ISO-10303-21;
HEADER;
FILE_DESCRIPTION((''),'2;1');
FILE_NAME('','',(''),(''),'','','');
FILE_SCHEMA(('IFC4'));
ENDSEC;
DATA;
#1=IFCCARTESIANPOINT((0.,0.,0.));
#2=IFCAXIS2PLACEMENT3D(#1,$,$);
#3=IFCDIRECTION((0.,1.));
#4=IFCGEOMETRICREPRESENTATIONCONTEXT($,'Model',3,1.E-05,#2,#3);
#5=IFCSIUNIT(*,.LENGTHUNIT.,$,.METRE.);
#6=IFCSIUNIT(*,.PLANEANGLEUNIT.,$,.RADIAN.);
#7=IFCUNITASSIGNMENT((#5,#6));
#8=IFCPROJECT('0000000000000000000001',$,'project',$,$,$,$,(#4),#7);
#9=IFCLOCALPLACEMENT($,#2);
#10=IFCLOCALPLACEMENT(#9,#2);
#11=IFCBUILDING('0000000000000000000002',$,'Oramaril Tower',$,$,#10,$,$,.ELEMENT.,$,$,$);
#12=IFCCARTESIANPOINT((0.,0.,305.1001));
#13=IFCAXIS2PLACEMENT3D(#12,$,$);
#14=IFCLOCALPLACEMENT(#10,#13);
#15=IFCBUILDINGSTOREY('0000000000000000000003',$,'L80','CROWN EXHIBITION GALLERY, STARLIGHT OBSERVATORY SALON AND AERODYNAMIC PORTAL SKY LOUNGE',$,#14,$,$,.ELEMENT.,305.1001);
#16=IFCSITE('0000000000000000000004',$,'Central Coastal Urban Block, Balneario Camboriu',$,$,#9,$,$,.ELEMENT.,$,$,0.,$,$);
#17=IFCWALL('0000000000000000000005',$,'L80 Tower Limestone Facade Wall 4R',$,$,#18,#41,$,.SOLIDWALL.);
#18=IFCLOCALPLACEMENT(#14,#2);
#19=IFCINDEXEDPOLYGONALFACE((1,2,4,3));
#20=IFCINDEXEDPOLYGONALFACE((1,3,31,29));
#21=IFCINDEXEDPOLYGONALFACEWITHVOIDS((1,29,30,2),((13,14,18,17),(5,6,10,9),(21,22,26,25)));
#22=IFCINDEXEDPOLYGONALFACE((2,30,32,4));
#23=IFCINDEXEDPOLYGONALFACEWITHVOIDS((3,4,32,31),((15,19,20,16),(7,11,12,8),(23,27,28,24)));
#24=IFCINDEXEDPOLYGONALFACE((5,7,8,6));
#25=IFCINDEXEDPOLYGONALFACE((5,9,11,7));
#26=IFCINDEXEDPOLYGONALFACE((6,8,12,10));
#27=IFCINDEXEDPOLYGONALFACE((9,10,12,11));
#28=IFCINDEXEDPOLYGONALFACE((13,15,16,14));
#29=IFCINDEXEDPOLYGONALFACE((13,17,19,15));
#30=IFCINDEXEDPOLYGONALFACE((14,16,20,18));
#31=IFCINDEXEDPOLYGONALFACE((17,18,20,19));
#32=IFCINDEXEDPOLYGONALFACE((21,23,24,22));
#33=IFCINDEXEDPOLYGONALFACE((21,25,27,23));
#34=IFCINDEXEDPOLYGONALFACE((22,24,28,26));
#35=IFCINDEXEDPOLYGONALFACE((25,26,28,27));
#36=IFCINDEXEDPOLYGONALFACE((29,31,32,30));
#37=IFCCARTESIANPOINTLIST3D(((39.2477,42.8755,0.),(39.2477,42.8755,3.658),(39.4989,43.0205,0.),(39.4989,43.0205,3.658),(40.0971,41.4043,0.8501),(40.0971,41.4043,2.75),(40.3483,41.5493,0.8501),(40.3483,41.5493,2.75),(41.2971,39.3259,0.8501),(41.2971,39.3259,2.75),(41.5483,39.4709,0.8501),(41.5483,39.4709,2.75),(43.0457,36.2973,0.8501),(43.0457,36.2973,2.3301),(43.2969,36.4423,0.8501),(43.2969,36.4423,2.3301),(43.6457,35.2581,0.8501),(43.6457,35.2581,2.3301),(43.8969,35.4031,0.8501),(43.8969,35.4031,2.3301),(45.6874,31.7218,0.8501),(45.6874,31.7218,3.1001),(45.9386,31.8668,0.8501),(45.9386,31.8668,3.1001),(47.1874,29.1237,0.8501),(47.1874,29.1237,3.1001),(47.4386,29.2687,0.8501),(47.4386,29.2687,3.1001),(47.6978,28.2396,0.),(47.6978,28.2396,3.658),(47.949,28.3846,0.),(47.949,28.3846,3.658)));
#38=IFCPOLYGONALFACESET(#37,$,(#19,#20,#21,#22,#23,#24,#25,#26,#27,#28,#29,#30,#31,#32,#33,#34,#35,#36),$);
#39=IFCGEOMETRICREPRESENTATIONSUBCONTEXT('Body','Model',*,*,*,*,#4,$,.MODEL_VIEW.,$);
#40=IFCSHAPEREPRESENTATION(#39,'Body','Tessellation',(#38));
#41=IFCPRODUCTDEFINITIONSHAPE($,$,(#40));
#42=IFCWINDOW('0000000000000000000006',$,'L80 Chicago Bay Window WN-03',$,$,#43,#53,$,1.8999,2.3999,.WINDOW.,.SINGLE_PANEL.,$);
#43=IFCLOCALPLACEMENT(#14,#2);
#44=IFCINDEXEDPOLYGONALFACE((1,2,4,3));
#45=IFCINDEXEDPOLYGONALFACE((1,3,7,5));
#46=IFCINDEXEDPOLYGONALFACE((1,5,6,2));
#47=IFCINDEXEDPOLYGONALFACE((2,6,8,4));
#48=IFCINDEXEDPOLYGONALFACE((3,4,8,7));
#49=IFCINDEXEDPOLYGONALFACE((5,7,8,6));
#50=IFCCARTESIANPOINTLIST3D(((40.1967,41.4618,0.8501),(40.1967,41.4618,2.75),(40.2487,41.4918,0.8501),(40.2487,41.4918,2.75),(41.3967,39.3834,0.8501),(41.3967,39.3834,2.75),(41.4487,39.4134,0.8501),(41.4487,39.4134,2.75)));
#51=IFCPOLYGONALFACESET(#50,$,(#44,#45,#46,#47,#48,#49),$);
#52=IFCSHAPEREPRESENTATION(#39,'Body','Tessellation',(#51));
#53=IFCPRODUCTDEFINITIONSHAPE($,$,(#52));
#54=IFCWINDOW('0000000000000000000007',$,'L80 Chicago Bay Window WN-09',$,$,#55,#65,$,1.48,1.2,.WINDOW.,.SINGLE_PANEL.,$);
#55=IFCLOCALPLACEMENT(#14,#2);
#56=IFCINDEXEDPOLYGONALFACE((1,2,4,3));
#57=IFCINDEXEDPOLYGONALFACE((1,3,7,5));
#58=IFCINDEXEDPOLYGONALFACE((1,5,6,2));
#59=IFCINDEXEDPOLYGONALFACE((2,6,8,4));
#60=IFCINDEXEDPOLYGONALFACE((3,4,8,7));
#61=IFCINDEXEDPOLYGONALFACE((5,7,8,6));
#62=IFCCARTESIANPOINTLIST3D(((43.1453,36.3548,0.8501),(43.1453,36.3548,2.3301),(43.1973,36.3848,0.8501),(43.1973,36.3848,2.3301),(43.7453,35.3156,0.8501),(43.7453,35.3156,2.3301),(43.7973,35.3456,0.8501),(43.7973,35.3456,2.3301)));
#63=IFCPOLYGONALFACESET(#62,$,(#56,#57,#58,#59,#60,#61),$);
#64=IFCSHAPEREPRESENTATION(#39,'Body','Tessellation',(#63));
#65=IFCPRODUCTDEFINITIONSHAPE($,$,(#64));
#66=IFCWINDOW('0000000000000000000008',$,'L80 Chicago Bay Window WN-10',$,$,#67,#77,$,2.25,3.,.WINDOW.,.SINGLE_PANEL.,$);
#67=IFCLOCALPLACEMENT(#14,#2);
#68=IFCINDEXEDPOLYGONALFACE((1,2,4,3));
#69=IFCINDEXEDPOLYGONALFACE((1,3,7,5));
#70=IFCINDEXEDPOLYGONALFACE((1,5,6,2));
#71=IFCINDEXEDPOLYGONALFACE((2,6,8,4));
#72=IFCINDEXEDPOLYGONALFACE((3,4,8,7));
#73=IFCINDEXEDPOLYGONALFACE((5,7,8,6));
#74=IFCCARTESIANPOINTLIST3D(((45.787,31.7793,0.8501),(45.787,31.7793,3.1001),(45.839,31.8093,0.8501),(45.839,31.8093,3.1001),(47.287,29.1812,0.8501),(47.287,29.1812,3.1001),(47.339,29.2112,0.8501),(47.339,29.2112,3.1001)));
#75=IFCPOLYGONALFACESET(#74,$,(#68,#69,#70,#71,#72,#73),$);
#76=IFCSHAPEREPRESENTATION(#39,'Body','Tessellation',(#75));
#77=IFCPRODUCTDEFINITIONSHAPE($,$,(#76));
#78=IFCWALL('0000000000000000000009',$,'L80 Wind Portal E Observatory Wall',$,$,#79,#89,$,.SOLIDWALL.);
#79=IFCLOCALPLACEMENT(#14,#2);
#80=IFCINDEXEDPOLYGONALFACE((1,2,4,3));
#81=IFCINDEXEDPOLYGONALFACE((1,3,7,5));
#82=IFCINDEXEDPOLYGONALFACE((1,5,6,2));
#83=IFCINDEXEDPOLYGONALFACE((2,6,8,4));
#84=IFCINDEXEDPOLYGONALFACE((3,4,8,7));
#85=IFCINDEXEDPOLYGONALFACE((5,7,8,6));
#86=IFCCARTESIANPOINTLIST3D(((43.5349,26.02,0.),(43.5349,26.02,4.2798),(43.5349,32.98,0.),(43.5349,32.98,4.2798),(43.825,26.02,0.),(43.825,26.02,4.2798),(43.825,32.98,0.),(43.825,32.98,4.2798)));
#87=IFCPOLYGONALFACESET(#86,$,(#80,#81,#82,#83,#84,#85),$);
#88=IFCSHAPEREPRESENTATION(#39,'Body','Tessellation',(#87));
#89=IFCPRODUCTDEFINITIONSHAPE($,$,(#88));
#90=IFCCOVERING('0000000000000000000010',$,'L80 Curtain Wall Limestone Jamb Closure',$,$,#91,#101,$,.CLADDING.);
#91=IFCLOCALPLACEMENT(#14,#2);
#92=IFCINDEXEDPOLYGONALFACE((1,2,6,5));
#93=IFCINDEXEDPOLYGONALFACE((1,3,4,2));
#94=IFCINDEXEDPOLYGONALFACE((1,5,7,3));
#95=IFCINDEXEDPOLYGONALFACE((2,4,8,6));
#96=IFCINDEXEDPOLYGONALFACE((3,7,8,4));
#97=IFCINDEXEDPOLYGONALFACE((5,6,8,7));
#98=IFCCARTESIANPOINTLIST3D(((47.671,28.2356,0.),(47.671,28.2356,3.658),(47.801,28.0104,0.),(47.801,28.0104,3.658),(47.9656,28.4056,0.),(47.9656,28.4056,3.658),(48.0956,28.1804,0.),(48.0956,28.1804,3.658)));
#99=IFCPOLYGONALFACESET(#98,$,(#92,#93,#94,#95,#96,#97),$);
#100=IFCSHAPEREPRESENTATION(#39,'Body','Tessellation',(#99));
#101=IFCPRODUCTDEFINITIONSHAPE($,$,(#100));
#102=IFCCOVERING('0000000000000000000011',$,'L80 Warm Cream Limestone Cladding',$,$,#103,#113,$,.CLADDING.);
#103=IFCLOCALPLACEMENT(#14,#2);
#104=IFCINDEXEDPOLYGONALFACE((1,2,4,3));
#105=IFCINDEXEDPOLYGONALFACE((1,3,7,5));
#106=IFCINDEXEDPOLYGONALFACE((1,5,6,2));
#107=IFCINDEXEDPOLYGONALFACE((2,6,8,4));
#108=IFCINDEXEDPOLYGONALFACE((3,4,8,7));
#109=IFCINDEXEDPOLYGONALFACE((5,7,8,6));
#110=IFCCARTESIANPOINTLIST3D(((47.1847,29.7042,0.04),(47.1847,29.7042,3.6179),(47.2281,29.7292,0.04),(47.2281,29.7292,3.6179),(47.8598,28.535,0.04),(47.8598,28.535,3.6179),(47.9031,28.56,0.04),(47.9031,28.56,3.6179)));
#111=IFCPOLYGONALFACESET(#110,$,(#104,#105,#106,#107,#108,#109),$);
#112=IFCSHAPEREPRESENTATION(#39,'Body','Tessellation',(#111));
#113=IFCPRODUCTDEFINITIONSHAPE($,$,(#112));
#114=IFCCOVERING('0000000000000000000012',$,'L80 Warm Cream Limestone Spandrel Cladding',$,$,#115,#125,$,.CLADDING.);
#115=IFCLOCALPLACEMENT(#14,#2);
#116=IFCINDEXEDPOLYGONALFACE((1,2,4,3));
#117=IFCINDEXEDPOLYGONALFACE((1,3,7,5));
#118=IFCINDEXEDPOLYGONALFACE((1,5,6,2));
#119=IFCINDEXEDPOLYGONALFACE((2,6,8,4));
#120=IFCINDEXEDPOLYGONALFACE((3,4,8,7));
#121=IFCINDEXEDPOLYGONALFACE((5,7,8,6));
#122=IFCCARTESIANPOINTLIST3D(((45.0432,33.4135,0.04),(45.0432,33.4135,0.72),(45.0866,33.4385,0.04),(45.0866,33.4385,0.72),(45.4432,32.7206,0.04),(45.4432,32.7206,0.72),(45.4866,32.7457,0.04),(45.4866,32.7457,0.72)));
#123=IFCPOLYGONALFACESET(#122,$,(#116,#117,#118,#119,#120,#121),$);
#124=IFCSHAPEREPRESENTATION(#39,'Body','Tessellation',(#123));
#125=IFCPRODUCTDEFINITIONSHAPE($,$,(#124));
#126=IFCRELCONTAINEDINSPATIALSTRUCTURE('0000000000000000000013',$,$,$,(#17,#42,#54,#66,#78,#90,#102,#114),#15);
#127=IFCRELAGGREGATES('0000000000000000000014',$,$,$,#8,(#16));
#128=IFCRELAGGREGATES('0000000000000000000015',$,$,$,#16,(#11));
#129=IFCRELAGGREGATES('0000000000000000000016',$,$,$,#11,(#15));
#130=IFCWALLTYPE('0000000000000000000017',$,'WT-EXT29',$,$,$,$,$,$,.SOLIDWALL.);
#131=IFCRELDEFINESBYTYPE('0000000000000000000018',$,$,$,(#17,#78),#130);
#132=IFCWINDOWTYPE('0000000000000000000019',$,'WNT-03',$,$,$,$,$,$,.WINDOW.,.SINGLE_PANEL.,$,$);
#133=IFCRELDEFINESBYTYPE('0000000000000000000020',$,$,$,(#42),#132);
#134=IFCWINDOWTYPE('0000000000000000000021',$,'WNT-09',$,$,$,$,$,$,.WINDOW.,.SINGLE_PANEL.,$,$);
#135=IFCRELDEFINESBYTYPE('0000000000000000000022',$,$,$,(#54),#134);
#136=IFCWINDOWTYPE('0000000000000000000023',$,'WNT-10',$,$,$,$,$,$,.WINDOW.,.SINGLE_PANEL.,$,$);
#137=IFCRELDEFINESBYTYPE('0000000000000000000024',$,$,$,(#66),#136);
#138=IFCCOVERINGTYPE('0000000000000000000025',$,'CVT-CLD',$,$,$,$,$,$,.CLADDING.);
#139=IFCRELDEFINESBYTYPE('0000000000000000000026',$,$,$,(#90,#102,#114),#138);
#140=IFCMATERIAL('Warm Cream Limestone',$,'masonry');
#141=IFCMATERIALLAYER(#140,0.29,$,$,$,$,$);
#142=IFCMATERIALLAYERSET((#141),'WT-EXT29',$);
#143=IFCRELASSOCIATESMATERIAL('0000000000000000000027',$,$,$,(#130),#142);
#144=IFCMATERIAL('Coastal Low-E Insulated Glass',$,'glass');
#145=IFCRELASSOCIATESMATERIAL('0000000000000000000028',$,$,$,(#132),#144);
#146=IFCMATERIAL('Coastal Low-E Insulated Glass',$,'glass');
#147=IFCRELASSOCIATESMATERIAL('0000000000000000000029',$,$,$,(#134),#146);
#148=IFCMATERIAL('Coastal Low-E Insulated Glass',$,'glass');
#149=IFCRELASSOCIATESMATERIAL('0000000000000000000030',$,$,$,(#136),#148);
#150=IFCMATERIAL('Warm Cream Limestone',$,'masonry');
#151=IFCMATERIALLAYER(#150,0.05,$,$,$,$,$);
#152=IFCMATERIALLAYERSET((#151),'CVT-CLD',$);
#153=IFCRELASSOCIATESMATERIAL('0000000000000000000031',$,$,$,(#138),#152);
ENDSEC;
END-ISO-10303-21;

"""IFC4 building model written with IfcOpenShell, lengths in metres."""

from ifc_helpers import new_model, si_unit, direction, frame, frame_2d, origin, origin_2d, place, context, subcontext, project, spatial, rectangle, extrude, material, layer, layer_set, type_object, element, fill, save


model = new_model("IFC4")

# Units and contexts
model_context = context("Model", 3, precision=1e-05, world=origin(), true_north=direction((0.0, 1.0)))
body_context = subcontext(model_context, "Body", "Model", "MODEL_VIEW")
ifc_project = project(units=[si_unit("LENGTHUNIT", "METRE"), si_unit("PLANEANGLEUNIT", "RADIAN")], contexts=[model_context])

# Site, building, storey
site_placement = place(None, origin())
site = spatial("IfcSite", under=ifc_project, at=site_placement, Name="Central Coastal Urban Block, Balneario Camboriu", CompositionType="ELEMENT", RefElevation=0.0)
building_placement = place(site_placement, origin())
building = spatial("IfcBuilding", under=site, at=building_placement, Name="Oramaril Tower", CompositionType="ELEMENT")
storey_placement = place(building_placement, frame((0.0, 0.0, 305.1001)))
storey = spatial("IfcBuildingStorey", under=building, at=storey_placement, Name="L80", Description="CROWN EXHIBITION GALLERY, STARLIGHT OBSERVATORY SALON AND AERODYNAMIC PORTAL SKY LOUNGE", CompositionType="ELEMENT", Elevation=305.1001)

# Wall, openings, windows
ifc_material_1 = material(Name="Warm Cream Limestone", Category="masonry")
ifc_layer_1 = layer(ifc_material_1, 0.29)
ifc_layer_set_1 = layer_set([ifc_layer_1], Name="WT-EXT29")
wall_type_1 = type_object("IfcWallType", Name="WT-EXT29", PredefinedType="SOLIDWALL", material=ifc_layer_set_1)
wall_1_placement = place(storey_placement, frame((47.8235, 28.312, 0.0), z_axis=(0.0, 0.0, 1.0), x_axis=(-0.500005, 0.866023, 0.0)))
wall_1 = element("IfcWall", 1, at=wall_1_placement, inside=storey, type_object=wall_type_1, Name="L80 Tower Limestone Facade Wall 4R", PredefinedType="SOLIDWALL", context=body_context, shape_type="SweptSolid", body=[
    extrude(rectangle(XDim=16.9001, YDim=0.29, at=frame_2d((8.4502, 0.0))), origin(), (0.0, 0.0, 1.0), 3.658),
])
opening_1_placement = place(wall_1_placement, frame((1.021, 0.0, 0.8501)))
opening_1 = element("IfcOpeningElement", 2, at=opening_1_placement, cuts=wall_1, PredefinedType="OPENING", context=body_context, shape_type="SweptSolid", body=[
    extrude(rectangle(XDim=3.0, YDim=2.25, at=frame_2d((1.5, 1.125))), frame((0.0, 0.145, 0.0), z_axis=(0.0, -1.0, 0.0), x_axis=(1.0, 0.0, 0.0)), (0.0, 0.0, 1.0), 0.29),
])
opening_2_placement = place(wall_1_placement, frame((8.1042, 0.0, 0.8501)))
opening_2 = element("IfcOpeningElement", 3, at=opening_2_placement, cuts=wall_1, PredefinedType="OPENING", context=body_context, shape_type="SweptSolid", body=[
    extrude(rectangle(XDim=1.2, YDim=1.48, at=frame_2d((0.6001, 0.74))), frame((0.0, 0.145, 0.0), z_axis=(0.0, -1.0, 0.0), x_axis=(1.0, 0.0, 0.0)), (0.0, 0.0, 1.0), 0.29),
])
opening_3_placement = place(wall_1_placement, frame((12.8015, 0.0, 0.8501)))
opening_3 = element("IfcOpeningElement", 4, at=opening_3_placement, cuts=wall_1, PredefinedType="OPENING", context=body_context, shape_type="SweptSolid", body=[
    extrude(rectangle(XDim=2.3999, YDim=1.8999, at=frame_2d((1.2, 0.95))), frame((0.0, 0.145, 0.0), z_axis=(0.0, -1.0, 0.0), x_axis=(1.0, 0.0, 0.0)), (0.0, 0.0, 1.0), 0.29),
])
ifc_material_2 = material(Name="Coastal Low-E Insulated Glass", Category="glass")
window_type_1 = type_object("IfcWindowType", Name="WNT-03", PartitioningType="SINGLE_PANEL", PredefinedType="WINDOW", material=ifc_material_2)
window_1_placement = place(opening_3_placement, origin())
window_1 = element("IfcWindow", 5, at=window_1_placement, inside=storey, type_object=window_type_1, Name="L80 Chicago Bay Window WN-03", OverallHeight=1.8999, OverallWidth=2.3999, PartitioningType="SINGLE_PANEL", PredefinedType="WINDOW", context=body_context, shape_type="SweptSolid", body=[
    extrude(rectangle(XDim=2.3999, YDim=1.8999, at=frame_2d((1.2, 0.95))), frame((0.0, 0.03, 0.0), z_axis=(0.0, -1.0, 0.0), x_axis=(1.0, 0.0, 0.0)), (0.0, 0.0, 1.0), 0.0601),
])
fill(opening_3, window_1)
ifc_material_3 = material(Name="Coastal Low-E Insulated Glass", Category="glass")
window_type_2 = type_object("IfcWindowType", Name="WNT-09", PartitioningType="SINGLE_PANEL", PredefinedType="WINDOW", material=ifc_material_3)
window_2_placement = place(opening_2_placement, origin())
window_2 = element("IfcWindow", 6, at=window_2_placement, inside=storey, type_object=window_type_2, Name="L80 Chicago Bay Window WN-09", OverallHeight=1.48, OverallWidth=1.2, PartitioningType="SINGLE_PANEL", PredefinedType="WINDOW", context=body_context, shape_type="SweptSolid", body=[
    extrude(rectangle(XDim=1.2, YDim=1.48, at=frame_2d((0.6001, 0.74))), frame((0.0, 0.03, 0.0), z_axis=(0.0, -1.0, 0.0), x_axis=(1.0, 0.0, 0.0)), (0.0, 0.0, 1.0), 0.0601),
])
fill(opening_2, window_2)
ifc_material_4 = material(Name="Coastal Low-E Insulated Glass", Category="glass")
window_type_3 = type_object("IfcWindowType", Name="WNT-10", PartitioningType="SINGLE_PANEL", PredefinedType="WINDOW", material=ifc_material_4)
window_3_placement = place(opening_1_placement, origin())
window_3 = element("IfcWindow", 7, at=window_3_placement, inside=storey, type_object=window_type_3, Name="L80 Chicago Bay Window WN-10", OverallHeight=2.25, OverallWidth=3.0, PartitioningType="SINGLE_PANEL", PredefinedType="WINDOW", context=body_context, shape_type="SweptSolid", body=[
    extrude(rectangle(XDim=3.0, YDim=2.25, at=frame_2d((1.5, 1.125))), frame((0.0, 0.03, 0.0), z_axis=(0.0, -1.0, 0.0), x_axis=(1.0, 0.0, 0.0)), (0.0, 0.0, 1.0), 0.0601),
])
fill(opening_1, window_3)

# Wall
wall_2_placement = place(storey_placement, frame((43.6799, 26.02, 0.0), z_axis=(0.0, 0.0, 1.0), x_axis=(0.0, 1.0, 0.0)))
element("IfcWall", 8, at=wall_2_placement, inside=storey, type_object=wall_type_1, Name="L80 Wind Portal E Observatory Wall", PredefinedType="SOLIDWALL", context=body_context, shape_type="SweptSolid", body=[
    extrude(rectangle(XDim=6.96, YDim=0.29, at=frame_2d((3.48, 0.0))), origin(), (0.0, 0.0, 1.0), 4.2798),
])

# Coverings
ifc_material_5 = material(Name="Warm Cream Limestone", Category="masonry")
ifc_layer_2 = layer(ifc_material_5, 0.05)
ifc_layer_set_2 = layer_set([ifc_layer_2], Name="CVT-CLD")
covering_type = type_object("IfcCoveringType", Name="CVT-CLD", PredefinedType="CLADDING", material=ifc_layer_set_2)
covering_1_placement = place(storey_placement, frame((47.8833, 28.208, 0.0), z_axis=(0.0, 0.0, 1.0), x_axis=(-0.5, 0.866025, 0.0)))
element("IfcCovering", 9, at=covering_1_placement, inside=storey, type_object=covering_type, Name="L80 Curtain Wall Limestone Jamb Closure", PredefinedType="CLADDING", context=body_context, shape_type="SweptSolid", body=[
    extrude(rectangle(XDim=0.26, YDim=0.3401, at=origin_2d()), origin(), (0.0, 0.0, 1.0), 3.658),
])
covering_2_placement = place(storey_placement, frame((47.5439, 29.1321, 0.04), z_axis=(0.0, 0.0, 1.0), x_axis=(-0.5, 0.866025, 0.0)))
element("IfcCovering", 10, at=covering_2_placement, inside=storey, type_object=covering_type, Name="L80 Warm Cream Limestone Cladding", PredefinedType="CLADDING", context=body_context, shape_type="SweptSolid", body=[
    extrude(rectangle(XDim=1.3501, YDim=0.05, at=origin_2d()), origin(), (0.0, 0.0, 1.0), 3.5779),
])
covering_3_placement = place(storey_placement, frame((45.2649, 33.0796, 0.04), z_axis=(0.0, 0.0, 1.0), x_axis=(-0.5, 0.866025, 0.0)))
element("IfcCovering", 11, at=covering_3_placement, inside=storey, type_object=covering_type, Name="L80 Warm Cream Limestone Spandrel Cladding", PredefinedType="CLADDING", context=body_context, shape_type="SweptSolid", body=[
    extrude(rectangle(XDim=0.8, YDim=0.05, at=origin_2d()), origin(), (0.0, 0.0, 1.0), 0.6799),
])

save(model, "model.ifc")
